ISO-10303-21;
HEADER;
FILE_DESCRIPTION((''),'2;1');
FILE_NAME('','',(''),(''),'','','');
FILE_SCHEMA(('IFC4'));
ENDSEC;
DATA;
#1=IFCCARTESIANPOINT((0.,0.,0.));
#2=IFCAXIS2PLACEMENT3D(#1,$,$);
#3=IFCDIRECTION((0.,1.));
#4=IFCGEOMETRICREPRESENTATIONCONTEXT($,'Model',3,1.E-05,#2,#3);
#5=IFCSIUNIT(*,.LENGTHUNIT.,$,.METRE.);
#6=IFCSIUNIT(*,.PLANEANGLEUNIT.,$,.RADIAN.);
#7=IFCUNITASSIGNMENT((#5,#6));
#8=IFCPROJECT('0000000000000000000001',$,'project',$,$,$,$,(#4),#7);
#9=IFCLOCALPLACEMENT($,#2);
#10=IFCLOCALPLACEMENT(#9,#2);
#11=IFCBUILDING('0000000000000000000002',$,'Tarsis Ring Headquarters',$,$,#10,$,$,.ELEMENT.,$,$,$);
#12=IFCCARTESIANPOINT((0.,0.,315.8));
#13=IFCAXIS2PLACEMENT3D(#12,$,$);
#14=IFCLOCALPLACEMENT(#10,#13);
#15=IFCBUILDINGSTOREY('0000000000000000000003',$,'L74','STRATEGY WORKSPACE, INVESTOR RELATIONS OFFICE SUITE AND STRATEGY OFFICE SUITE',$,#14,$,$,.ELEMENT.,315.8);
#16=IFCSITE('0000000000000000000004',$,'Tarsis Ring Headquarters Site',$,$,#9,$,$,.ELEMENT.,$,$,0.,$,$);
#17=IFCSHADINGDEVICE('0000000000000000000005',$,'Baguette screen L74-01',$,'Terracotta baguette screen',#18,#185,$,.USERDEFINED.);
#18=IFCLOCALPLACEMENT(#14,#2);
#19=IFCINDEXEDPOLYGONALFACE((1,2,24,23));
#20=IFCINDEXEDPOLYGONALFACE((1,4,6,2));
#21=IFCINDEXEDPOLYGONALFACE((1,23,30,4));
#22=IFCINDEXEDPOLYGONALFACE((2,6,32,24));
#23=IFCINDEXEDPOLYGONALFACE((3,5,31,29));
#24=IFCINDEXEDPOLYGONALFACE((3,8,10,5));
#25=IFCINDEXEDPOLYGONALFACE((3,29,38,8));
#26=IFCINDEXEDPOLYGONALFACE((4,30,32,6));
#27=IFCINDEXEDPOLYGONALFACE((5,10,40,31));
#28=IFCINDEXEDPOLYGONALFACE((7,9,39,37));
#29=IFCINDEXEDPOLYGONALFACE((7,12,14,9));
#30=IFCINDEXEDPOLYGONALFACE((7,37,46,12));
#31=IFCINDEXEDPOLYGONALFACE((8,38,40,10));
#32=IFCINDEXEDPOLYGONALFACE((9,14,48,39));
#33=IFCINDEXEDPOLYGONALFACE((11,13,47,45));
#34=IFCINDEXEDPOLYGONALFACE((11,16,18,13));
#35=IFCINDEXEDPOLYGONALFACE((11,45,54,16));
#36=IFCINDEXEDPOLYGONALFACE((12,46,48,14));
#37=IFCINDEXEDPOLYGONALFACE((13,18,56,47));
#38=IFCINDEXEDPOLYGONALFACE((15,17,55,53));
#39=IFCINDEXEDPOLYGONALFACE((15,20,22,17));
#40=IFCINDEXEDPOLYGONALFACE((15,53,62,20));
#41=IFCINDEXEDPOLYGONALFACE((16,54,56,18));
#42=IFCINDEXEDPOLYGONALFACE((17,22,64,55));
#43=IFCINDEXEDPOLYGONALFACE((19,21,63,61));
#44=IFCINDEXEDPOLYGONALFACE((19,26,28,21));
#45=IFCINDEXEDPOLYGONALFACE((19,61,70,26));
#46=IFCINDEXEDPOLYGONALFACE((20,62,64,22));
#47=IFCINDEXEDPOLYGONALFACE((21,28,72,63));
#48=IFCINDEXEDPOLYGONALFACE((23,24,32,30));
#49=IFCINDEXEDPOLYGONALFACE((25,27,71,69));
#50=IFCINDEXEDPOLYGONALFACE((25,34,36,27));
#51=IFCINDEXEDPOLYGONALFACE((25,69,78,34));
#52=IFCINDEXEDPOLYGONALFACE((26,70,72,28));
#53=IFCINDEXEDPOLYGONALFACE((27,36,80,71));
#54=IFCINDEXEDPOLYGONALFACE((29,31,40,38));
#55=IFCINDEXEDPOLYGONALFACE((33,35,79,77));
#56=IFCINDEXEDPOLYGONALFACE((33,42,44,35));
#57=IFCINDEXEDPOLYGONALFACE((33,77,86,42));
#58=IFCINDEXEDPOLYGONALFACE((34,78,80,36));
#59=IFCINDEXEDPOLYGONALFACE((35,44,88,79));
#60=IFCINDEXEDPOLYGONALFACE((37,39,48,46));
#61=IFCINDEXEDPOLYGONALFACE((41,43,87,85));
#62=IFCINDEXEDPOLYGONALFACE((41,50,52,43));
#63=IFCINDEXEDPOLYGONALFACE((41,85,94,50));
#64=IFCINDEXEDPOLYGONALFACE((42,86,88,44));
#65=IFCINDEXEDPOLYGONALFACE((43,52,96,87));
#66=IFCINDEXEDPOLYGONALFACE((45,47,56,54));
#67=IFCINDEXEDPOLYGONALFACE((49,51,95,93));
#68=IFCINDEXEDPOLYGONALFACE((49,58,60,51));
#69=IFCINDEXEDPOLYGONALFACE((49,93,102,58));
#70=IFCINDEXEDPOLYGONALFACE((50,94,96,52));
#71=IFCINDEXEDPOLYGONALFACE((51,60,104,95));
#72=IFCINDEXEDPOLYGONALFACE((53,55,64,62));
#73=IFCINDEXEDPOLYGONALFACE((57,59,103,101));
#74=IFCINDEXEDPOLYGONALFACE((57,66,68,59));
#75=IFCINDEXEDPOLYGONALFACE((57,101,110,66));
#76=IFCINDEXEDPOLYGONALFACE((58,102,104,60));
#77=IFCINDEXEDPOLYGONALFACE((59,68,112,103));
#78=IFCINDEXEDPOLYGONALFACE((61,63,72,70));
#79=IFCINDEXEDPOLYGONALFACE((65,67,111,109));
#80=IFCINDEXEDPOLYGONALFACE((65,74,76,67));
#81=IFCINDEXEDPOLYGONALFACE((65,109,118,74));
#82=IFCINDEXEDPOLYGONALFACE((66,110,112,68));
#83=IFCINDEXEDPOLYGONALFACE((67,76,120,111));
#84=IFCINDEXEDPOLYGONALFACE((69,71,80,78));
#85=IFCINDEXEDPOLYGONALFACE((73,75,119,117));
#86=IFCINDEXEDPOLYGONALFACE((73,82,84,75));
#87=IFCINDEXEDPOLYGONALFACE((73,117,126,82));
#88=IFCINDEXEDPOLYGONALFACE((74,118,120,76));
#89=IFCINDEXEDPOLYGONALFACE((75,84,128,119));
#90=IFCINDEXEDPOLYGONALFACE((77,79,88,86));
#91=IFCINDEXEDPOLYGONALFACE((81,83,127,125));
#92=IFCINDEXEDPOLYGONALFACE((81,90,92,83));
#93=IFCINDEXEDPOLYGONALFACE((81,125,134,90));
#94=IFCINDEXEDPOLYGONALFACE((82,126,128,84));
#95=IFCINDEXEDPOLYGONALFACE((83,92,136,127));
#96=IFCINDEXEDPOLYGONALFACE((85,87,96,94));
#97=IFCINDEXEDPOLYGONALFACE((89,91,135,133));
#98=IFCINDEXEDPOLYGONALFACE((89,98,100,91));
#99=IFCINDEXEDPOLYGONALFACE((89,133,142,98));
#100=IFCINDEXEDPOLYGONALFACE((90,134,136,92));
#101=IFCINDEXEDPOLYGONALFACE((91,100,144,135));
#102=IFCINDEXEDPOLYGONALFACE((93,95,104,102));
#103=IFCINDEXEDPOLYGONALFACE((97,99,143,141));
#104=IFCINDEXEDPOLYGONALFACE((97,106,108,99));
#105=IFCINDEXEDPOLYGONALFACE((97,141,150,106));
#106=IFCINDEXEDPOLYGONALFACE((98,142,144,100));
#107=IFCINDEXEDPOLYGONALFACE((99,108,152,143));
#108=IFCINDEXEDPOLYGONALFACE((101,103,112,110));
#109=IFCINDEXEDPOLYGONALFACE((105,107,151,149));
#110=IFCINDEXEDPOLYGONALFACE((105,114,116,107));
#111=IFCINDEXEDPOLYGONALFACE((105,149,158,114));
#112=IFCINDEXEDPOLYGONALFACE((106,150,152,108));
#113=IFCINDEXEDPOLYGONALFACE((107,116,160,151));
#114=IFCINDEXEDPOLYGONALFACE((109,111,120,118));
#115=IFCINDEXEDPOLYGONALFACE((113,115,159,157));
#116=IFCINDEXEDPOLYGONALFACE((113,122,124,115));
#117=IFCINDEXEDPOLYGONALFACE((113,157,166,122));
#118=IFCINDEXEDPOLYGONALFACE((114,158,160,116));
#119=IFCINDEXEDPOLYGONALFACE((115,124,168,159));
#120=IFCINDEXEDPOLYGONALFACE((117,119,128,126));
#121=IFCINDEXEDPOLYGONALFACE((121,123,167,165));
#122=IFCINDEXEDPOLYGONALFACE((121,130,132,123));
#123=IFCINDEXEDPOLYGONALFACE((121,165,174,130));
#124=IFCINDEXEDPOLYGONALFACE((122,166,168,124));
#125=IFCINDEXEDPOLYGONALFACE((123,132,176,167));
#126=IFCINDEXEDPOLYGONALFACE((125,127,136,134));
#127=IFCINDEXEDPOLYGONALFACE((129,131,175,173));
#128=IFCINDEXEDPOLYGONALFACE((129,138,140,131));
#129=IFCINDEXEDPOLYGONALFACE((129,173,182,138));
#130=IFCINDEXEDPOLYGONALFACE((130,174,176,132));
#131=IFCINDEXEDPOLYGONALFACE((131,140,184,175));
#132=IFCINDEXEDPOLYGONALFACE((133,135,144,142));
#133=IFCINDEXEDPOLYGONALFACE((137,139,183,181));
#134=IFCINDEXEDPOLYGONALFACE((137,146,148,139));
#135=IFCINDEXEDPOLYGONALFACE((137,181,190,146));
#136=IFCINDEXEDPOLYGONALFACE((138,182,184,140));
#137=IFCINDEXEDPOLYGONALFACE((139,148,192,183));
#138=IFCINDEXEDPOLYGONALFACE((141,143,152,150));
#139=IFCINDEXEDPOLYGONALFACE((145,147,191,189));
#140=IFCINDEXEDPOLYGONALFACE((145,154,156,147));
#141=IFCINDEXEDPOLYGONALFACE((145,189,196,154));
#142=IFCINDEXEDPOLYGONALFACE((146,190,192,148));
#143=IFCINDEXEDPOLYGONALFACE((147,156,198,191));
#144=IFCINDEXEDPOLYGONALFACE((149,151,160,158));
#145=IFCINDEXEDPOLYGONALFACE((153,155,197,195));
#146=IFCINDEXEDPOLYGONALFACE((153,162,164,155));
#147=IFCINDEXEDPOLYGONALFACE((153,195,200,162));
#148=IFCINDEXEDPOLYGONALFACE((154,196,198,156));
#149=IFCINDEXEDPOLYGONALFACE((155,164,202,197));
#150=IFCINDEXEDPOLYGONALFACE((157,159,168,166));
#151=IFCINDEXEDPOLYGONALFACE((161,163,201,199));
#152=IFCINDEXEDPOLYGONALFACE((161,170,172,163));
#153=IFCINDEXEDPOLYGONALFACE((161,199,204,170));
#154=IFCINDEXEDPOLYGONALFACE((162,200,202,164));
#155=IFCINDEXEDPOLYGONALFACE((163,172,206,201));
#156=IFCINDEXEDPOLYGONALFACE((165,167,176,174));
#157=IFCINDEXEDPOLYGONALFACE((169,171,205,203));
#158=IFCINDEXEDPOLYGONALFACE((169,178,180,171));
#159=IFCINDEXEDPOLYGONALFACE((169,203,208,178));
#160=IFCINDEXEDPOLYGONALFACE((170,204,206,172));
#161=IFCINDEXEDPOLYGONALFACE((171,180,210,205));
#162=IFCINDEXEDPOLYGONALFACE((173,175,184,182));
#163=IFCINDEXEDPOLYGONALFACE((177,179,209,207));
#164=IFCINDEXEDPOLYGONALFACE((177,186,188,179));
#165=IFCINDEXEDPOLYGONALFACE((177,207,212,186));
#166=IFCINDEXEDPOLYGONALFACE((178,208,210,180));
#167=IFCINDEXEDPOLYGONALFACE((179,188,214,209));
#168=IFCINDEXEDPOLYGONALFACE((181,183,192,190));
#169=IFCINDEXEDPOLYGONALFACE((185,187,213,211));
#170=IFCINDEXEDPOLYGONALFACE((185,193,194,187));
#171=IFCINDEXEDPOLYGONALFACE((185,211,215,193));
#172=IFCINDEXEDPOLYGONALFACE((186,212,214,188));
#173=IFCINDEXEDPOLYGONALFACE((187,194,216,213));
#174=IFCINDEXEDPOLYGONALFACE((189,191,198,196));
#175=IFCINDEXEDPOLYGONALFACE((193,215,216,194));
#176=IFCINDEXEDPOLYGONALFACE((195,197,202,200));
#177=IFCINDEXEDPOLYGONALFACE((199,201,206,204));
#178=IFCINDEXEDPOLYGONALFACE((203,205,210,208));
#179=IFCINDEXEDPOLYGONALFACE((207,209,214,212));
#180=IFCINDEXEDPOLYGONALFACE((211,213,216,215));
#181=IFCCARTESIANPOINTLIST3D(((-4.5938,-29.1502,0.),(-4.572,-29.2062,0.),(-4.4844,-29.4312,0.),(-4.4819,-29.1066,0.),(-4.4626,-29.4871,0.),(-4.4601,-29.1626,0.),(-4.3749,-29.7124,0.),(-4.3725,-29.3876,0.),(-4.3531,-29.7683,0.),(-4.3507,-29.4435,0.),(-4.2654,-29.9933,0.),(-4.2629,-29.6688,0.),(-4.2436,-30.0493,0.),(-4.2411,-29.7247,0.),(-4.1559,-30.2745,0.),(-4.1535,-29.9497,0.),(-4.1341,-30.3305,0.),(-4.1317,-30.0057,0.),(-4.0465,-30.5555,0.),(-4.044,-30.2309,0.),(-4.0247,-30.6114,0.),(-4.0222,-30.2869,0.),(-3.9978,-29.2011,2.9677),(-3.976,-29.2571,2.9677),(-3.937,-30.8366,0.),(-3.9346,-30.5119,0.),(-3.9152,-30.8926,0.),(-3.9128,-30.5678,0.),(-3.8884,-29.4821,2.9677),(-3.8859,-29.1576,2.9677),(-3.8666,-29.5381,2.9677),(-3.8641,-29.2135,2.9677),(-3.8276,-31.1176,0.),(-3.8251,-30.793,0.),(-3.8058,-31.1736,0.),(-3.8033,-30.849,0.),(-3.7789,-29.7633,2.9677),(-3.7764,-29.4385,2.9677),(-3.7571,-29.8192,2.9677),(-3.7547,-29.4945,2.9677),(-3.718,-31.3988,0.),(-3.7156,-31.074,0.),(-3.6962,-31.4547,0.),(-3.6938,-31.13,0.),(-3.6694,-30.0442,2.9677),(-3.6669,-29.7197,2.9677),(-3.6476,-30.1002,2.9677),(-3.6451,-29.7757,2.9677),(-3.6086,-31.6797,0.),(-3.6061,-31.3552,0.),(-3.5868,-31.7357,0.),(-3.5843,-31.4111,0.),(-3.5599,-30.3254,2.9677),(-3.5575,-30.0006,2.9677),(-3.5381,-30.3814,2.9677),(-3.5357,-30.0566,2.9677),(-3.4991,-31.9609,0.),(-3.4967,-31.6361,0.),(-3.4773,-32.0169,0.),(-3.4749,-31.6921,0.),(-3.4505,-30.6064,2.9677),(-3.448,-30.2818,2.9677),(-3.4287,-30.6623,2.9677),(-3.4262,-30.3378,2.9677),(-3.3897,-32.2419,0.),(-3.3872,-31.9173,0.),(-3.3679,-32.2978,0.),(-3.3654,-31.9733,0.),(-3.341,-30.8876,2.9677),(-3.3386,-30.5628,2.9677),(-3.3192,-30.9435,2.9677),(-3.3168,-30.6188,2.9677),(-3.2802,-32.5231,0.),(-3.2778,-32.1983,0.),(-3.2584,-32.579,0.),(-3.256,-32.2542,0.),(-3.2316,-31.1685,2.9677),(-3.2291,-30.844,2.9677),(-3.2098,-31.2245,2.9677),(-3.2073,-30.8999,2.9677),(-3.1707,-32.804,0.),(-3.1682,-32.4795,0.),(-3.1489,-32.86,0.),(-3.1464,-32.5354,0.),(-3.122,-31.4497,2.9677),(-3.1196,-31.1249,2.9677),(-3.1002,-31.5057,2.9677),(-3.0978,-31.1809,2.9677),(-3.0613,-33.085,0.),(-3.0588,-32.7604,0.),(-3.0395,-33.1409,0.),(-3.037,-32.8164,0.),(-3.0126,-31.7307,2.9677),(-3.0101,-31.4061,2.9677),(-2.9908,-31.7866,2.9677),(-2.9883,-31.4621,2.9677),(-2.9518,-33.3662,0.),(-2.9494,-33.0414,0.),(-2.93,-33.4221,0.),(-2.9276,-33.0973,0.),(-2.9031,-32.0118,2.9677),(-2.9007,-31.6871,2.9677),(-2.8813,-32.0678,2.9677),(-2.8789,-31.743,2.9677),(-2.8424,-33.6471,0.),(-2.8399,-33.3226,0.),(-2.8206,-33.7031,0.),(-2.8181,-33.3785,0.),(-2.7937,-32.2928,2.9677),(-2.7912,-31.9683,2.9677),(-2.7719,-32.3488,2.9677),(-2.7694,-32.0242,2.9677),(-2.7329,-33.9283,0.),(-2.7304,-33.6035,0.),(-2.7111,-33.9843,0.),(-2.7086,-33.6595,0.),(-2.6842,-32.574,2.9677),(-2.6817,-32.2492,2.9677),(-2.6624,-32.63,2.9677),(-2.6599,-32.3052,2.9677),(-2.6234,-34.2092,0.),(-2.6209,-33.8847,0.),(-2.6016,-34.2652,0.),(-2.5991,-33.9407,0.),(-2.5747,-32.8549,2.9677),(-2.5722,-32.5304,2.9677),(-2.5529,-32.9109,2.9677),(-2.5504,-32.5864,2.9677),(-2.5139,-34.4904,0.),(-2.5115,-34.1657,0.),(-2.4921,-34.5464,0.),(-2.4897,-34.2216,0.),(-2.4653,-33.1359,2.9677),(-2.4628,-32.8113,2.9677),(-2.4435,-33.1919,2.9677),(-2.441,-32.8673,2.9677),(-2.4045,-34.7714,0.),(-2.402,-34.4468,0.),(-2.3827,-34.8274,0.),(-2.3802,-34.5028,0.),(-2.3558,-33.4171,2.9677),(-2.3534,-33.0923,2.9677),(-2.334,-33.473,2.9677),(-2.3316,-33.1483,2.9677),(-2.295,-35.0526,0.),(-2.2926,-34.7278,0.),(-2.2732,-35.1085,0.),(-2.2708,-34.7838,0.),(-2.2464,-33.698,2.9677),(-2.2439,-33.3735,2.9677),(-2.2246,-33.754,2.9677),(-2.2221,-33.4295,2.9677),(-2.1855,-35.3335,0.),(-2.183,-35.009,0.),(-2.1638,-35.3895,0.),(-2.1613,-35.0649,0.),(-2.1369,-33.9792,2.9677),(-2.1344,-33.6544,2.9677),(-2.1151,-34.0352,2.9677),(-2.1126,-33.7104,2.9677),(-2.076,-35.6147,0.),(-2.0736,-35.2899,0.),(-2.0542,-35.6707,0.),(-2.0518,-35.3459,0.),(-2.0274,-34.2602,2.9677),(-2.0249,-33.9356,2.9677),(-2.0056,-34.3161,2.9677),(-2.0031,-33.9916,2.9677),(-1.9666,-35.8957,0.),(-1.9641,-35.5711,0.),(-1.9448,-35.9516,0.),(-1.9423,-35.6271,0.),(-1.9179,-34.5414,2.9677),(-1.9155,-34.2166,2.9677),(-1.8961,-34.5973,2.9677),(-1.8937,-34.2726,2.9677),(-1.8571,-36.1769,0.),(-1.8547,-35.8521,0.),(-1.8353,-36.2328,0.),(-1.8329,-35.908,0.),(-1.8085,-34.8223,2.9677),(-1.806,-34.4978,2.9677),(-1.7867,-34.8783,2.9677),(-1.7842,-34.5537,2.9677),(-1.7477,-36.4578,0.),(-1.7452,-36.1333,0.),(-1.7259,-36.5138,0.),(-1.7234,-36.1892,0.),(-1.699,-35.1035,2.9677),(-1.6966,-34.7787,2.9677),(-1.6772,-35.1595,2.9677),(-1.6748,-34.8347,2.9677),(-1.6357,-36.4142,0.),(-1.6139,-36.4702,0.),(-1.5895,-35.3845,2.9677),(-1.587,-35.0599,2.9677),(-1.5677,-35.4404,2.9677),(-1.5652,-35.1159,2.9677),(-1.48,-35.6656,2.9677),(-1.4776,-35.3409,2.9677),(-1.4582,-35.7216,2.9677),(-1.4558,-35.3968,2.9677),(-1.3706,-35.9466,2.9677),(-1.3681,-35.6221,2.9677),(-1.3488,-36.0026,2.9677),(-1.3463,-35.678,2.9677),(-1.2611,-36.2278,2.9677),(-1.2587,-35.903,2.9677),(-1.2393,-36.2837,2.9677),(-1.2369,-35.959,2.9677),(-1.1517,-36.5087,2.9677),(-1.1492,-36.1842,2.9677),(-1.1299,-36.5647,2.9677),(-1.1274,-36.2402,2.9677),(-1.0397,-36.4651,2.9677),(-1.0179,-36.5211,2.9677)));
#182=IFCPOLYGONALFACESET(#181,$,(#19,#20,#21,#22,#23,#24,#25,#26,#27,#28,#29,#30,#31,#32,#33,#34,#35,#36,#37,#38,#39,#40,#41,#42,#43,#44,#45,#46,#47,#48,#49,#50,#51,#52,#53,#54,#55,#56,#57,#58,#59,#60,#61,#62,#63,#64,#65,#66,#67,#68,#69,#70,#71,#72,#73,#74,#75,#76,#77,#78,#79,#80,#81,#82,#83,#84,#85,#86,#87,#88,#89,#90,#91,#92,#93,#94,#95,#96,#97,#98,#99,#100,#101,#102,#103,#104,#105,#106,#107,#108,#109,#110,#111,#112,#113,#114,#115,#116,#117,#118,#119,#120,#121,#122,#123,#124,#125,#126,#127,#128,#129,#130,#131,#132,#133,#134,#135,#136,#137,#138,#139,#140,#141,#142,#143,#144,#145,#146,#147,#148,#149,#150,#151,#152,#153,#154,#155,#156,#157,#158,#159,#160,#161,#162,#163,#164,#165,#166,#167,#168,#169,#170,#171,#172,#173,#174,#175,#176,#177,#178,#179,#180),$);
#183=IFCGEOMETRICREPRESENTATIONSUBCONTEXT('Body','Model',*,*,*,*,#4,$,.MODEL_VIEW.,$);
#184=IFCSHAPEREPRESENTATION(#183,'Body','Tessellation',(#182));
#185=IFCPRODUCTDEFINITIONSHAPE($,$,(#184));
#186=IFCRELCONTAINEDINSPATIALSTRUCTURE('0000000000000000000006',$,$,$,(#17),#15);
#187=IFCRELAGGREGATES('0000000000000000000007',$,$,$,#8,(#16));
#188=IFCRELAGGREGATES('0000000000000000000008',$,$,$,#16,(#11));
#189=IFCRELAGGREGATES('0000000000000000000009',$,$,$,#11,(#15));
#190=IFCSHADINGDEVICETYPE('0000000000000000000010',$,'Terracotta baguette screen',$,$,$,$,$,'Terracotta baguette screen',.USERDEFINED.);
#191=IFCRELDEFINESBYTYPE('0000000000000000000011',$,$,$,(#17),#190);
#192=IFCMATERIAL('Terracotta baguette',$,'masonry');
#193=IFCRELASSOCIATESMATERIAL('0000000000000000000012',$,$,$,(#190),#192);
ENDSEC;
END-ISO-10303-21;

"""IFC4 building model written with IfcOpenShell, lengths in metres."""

from ifc_helpers import new_model, si_unit, direction, frame, frame_2d, origin, place, context, subcontext, project, spatial, rectangle, composite_profile, extrude, material, type_object, element, save


model = new_model("IFC4")

# Units and contexts
model_context = context("Model", 3, precision=1e-05, world=origin(), true_north=direction((0.0, 1.0)))
body_context = subcontext(model_context, "Body", "Model", "MODEL_VIEW")
ifc_project = project(units=[si_unit("LENGTHUNIT", "METRE"), si_unit("PLANEANGLEUNIT", "RADIAN")], contexts=[model_context])

# Site, building, storey
site_placement = place(None, origin())
site = spatial("IfcSite", under=ifc_project, at=site_placement, Name="Tarsis Ring Headquarters Site", CompositionType="ELEMENT", RefElevation=0.0)
building_placement = place(site_placement, origin())
building = spatial("IfcBuilding", under=site, at=building_placement, Name="Tarsis Ring Headquarters", CompositionType="ELEMENT")
storey_placement = place(building_placement, frame((0.0, 0.0, 315.8)))
storey = spatial("IfcBuildingStorey", under=building, at=storey_placement, Name="L74", Description="STRATEGY WORKSPACE, INVESTOR RELATIONS OFFICE SUITE AND STRATEGY OFFICE SUITE", CompositionType="ELEMENT", Elevation=315.8)

# Shading device
ifc_material_1 = material(Name="Terracotta baguette", Category="masonry")
shading_device_type = type_object("IfcShadingDeviceType", Name="Terracotta baguette screen", ElementType="Terracotta baguette screen", PredefinedType="USERDEFINED", material=ifc_material_1)
shading_device_1_placement = place(storey_placement, frame((-4.5378, -29.1284, 0.0), z_axis=(0.0, 0.0, 1.0), x_axis=(0.36292, -0.931815, 0.0)))
element("IfcShadingDevice", 1, at=shading_device_1_placement, inside=storey, type_object=shading_device_type, Name="Baguette screen L74-01", ObjectType="Terracotta baguette screen", PredefinedType="USERDEFINED", context=body_context, shape_type="SweptSolid", body=[
    extrude(composite_profile([rectangle(XDim=0.0601, YDim=0.1201, at=frame_2d((0.03, 0.0))), rectangle(XDim=0.0601, YDim=0.1201, at=frame_2d((0.3315, 0.0))), rectangle(XDim=0.0601, YDim=0.1201, at=frame_2d((0.6333, 0.0))), rectangle(XDim=0.0601, YDim=0.1201, at=frame_2d((0.9348, 0.0))), rectangle(XDim=0.0601, YDim=0.1201, at=frame_2d((1.2366, 0.0))), rectangle(XDim=0.0601, YDim=0.1201, at=frame_2d((1.5381, 0.0))), rectangle(XDim=0.0601, YDim=0.1201, at=frame_2d((1.8398, 0.0))), rectangle(XDim=0.0601, YDim=0.1201, at=frame_2d((2.1414, 0.0))), rectangle(XDim=0.0601, YDim=0.1201, at=frame_2d((2.4431, 0.0))), rectangle(XDim=0.0601, YDim=0.1201, at=frame_2d((2.7446, 0.0))), rectangle(XDim=0.0601, YDim=0.1201, at=frame_2d((3.0464, 0.0))), rectangle(XDim=0.0601, YDim=0.1201, at=frame_2d((3.3479, 0.0))), rectangle(XDim=0.0601, YDim=0.1201, at=frame_2d((3.6497, 0.0))), rectangle(XDim=0.0601, YDim=0.1201, at=frame_2d((3.9512, 0.0))), rectangle(XDim=0.0601, YDim=0.1201, at=frame_2d((4.2527, 0.0))), rectangle(XDim=0.0601, YDim=0.1201, at=frame_2d((4.5544, 0.0))), rectangle(XDim=0.0601, YDim=0.1201, at=frame_2d((4.856, 0.0))), rectangle(XDim=0.0601, YDim=0.1201, at=frame_2d((5.1577, 0.0))), rectangle(XDim=0.0601, YDim=0.1201, at=frame_2d((5.4592, 0.0))), rectangle(XDim=0.0601, YDim=0.1201, at=frame_2d((5.761, 0.0))), rectangle(XDim=0.0601, YDim=0.1201, at=frame_2d((6.0625, 0.0))), rectangle(XDim=0.0601, YDim=0.1201, at=frame_2d((6.3643, 0.0))), rectangle(XDim=0.0601, YDim=0.1201, at=frame_2d((6.6658, 0.0))), rectangle(XDim=0.0601, YDim=0.1201, at=frame_2d((6.9675, 0.0))), rectangle(XDim=0.0601, YDim=0.1201, at=frame_2d((7.269, 0.0))), rectangle(XDim=0.0601, YDim=0.1201, at=frame_2d((7.5708, 0.0))), rectangle(XDim=0.0601, YDim=0.1201, at=frame_2d((7.8723, 0.0)))]), origin(), (0.087126, 0.177345, 0.980285), 3.0273),
])

save(model, "model.ifc")
